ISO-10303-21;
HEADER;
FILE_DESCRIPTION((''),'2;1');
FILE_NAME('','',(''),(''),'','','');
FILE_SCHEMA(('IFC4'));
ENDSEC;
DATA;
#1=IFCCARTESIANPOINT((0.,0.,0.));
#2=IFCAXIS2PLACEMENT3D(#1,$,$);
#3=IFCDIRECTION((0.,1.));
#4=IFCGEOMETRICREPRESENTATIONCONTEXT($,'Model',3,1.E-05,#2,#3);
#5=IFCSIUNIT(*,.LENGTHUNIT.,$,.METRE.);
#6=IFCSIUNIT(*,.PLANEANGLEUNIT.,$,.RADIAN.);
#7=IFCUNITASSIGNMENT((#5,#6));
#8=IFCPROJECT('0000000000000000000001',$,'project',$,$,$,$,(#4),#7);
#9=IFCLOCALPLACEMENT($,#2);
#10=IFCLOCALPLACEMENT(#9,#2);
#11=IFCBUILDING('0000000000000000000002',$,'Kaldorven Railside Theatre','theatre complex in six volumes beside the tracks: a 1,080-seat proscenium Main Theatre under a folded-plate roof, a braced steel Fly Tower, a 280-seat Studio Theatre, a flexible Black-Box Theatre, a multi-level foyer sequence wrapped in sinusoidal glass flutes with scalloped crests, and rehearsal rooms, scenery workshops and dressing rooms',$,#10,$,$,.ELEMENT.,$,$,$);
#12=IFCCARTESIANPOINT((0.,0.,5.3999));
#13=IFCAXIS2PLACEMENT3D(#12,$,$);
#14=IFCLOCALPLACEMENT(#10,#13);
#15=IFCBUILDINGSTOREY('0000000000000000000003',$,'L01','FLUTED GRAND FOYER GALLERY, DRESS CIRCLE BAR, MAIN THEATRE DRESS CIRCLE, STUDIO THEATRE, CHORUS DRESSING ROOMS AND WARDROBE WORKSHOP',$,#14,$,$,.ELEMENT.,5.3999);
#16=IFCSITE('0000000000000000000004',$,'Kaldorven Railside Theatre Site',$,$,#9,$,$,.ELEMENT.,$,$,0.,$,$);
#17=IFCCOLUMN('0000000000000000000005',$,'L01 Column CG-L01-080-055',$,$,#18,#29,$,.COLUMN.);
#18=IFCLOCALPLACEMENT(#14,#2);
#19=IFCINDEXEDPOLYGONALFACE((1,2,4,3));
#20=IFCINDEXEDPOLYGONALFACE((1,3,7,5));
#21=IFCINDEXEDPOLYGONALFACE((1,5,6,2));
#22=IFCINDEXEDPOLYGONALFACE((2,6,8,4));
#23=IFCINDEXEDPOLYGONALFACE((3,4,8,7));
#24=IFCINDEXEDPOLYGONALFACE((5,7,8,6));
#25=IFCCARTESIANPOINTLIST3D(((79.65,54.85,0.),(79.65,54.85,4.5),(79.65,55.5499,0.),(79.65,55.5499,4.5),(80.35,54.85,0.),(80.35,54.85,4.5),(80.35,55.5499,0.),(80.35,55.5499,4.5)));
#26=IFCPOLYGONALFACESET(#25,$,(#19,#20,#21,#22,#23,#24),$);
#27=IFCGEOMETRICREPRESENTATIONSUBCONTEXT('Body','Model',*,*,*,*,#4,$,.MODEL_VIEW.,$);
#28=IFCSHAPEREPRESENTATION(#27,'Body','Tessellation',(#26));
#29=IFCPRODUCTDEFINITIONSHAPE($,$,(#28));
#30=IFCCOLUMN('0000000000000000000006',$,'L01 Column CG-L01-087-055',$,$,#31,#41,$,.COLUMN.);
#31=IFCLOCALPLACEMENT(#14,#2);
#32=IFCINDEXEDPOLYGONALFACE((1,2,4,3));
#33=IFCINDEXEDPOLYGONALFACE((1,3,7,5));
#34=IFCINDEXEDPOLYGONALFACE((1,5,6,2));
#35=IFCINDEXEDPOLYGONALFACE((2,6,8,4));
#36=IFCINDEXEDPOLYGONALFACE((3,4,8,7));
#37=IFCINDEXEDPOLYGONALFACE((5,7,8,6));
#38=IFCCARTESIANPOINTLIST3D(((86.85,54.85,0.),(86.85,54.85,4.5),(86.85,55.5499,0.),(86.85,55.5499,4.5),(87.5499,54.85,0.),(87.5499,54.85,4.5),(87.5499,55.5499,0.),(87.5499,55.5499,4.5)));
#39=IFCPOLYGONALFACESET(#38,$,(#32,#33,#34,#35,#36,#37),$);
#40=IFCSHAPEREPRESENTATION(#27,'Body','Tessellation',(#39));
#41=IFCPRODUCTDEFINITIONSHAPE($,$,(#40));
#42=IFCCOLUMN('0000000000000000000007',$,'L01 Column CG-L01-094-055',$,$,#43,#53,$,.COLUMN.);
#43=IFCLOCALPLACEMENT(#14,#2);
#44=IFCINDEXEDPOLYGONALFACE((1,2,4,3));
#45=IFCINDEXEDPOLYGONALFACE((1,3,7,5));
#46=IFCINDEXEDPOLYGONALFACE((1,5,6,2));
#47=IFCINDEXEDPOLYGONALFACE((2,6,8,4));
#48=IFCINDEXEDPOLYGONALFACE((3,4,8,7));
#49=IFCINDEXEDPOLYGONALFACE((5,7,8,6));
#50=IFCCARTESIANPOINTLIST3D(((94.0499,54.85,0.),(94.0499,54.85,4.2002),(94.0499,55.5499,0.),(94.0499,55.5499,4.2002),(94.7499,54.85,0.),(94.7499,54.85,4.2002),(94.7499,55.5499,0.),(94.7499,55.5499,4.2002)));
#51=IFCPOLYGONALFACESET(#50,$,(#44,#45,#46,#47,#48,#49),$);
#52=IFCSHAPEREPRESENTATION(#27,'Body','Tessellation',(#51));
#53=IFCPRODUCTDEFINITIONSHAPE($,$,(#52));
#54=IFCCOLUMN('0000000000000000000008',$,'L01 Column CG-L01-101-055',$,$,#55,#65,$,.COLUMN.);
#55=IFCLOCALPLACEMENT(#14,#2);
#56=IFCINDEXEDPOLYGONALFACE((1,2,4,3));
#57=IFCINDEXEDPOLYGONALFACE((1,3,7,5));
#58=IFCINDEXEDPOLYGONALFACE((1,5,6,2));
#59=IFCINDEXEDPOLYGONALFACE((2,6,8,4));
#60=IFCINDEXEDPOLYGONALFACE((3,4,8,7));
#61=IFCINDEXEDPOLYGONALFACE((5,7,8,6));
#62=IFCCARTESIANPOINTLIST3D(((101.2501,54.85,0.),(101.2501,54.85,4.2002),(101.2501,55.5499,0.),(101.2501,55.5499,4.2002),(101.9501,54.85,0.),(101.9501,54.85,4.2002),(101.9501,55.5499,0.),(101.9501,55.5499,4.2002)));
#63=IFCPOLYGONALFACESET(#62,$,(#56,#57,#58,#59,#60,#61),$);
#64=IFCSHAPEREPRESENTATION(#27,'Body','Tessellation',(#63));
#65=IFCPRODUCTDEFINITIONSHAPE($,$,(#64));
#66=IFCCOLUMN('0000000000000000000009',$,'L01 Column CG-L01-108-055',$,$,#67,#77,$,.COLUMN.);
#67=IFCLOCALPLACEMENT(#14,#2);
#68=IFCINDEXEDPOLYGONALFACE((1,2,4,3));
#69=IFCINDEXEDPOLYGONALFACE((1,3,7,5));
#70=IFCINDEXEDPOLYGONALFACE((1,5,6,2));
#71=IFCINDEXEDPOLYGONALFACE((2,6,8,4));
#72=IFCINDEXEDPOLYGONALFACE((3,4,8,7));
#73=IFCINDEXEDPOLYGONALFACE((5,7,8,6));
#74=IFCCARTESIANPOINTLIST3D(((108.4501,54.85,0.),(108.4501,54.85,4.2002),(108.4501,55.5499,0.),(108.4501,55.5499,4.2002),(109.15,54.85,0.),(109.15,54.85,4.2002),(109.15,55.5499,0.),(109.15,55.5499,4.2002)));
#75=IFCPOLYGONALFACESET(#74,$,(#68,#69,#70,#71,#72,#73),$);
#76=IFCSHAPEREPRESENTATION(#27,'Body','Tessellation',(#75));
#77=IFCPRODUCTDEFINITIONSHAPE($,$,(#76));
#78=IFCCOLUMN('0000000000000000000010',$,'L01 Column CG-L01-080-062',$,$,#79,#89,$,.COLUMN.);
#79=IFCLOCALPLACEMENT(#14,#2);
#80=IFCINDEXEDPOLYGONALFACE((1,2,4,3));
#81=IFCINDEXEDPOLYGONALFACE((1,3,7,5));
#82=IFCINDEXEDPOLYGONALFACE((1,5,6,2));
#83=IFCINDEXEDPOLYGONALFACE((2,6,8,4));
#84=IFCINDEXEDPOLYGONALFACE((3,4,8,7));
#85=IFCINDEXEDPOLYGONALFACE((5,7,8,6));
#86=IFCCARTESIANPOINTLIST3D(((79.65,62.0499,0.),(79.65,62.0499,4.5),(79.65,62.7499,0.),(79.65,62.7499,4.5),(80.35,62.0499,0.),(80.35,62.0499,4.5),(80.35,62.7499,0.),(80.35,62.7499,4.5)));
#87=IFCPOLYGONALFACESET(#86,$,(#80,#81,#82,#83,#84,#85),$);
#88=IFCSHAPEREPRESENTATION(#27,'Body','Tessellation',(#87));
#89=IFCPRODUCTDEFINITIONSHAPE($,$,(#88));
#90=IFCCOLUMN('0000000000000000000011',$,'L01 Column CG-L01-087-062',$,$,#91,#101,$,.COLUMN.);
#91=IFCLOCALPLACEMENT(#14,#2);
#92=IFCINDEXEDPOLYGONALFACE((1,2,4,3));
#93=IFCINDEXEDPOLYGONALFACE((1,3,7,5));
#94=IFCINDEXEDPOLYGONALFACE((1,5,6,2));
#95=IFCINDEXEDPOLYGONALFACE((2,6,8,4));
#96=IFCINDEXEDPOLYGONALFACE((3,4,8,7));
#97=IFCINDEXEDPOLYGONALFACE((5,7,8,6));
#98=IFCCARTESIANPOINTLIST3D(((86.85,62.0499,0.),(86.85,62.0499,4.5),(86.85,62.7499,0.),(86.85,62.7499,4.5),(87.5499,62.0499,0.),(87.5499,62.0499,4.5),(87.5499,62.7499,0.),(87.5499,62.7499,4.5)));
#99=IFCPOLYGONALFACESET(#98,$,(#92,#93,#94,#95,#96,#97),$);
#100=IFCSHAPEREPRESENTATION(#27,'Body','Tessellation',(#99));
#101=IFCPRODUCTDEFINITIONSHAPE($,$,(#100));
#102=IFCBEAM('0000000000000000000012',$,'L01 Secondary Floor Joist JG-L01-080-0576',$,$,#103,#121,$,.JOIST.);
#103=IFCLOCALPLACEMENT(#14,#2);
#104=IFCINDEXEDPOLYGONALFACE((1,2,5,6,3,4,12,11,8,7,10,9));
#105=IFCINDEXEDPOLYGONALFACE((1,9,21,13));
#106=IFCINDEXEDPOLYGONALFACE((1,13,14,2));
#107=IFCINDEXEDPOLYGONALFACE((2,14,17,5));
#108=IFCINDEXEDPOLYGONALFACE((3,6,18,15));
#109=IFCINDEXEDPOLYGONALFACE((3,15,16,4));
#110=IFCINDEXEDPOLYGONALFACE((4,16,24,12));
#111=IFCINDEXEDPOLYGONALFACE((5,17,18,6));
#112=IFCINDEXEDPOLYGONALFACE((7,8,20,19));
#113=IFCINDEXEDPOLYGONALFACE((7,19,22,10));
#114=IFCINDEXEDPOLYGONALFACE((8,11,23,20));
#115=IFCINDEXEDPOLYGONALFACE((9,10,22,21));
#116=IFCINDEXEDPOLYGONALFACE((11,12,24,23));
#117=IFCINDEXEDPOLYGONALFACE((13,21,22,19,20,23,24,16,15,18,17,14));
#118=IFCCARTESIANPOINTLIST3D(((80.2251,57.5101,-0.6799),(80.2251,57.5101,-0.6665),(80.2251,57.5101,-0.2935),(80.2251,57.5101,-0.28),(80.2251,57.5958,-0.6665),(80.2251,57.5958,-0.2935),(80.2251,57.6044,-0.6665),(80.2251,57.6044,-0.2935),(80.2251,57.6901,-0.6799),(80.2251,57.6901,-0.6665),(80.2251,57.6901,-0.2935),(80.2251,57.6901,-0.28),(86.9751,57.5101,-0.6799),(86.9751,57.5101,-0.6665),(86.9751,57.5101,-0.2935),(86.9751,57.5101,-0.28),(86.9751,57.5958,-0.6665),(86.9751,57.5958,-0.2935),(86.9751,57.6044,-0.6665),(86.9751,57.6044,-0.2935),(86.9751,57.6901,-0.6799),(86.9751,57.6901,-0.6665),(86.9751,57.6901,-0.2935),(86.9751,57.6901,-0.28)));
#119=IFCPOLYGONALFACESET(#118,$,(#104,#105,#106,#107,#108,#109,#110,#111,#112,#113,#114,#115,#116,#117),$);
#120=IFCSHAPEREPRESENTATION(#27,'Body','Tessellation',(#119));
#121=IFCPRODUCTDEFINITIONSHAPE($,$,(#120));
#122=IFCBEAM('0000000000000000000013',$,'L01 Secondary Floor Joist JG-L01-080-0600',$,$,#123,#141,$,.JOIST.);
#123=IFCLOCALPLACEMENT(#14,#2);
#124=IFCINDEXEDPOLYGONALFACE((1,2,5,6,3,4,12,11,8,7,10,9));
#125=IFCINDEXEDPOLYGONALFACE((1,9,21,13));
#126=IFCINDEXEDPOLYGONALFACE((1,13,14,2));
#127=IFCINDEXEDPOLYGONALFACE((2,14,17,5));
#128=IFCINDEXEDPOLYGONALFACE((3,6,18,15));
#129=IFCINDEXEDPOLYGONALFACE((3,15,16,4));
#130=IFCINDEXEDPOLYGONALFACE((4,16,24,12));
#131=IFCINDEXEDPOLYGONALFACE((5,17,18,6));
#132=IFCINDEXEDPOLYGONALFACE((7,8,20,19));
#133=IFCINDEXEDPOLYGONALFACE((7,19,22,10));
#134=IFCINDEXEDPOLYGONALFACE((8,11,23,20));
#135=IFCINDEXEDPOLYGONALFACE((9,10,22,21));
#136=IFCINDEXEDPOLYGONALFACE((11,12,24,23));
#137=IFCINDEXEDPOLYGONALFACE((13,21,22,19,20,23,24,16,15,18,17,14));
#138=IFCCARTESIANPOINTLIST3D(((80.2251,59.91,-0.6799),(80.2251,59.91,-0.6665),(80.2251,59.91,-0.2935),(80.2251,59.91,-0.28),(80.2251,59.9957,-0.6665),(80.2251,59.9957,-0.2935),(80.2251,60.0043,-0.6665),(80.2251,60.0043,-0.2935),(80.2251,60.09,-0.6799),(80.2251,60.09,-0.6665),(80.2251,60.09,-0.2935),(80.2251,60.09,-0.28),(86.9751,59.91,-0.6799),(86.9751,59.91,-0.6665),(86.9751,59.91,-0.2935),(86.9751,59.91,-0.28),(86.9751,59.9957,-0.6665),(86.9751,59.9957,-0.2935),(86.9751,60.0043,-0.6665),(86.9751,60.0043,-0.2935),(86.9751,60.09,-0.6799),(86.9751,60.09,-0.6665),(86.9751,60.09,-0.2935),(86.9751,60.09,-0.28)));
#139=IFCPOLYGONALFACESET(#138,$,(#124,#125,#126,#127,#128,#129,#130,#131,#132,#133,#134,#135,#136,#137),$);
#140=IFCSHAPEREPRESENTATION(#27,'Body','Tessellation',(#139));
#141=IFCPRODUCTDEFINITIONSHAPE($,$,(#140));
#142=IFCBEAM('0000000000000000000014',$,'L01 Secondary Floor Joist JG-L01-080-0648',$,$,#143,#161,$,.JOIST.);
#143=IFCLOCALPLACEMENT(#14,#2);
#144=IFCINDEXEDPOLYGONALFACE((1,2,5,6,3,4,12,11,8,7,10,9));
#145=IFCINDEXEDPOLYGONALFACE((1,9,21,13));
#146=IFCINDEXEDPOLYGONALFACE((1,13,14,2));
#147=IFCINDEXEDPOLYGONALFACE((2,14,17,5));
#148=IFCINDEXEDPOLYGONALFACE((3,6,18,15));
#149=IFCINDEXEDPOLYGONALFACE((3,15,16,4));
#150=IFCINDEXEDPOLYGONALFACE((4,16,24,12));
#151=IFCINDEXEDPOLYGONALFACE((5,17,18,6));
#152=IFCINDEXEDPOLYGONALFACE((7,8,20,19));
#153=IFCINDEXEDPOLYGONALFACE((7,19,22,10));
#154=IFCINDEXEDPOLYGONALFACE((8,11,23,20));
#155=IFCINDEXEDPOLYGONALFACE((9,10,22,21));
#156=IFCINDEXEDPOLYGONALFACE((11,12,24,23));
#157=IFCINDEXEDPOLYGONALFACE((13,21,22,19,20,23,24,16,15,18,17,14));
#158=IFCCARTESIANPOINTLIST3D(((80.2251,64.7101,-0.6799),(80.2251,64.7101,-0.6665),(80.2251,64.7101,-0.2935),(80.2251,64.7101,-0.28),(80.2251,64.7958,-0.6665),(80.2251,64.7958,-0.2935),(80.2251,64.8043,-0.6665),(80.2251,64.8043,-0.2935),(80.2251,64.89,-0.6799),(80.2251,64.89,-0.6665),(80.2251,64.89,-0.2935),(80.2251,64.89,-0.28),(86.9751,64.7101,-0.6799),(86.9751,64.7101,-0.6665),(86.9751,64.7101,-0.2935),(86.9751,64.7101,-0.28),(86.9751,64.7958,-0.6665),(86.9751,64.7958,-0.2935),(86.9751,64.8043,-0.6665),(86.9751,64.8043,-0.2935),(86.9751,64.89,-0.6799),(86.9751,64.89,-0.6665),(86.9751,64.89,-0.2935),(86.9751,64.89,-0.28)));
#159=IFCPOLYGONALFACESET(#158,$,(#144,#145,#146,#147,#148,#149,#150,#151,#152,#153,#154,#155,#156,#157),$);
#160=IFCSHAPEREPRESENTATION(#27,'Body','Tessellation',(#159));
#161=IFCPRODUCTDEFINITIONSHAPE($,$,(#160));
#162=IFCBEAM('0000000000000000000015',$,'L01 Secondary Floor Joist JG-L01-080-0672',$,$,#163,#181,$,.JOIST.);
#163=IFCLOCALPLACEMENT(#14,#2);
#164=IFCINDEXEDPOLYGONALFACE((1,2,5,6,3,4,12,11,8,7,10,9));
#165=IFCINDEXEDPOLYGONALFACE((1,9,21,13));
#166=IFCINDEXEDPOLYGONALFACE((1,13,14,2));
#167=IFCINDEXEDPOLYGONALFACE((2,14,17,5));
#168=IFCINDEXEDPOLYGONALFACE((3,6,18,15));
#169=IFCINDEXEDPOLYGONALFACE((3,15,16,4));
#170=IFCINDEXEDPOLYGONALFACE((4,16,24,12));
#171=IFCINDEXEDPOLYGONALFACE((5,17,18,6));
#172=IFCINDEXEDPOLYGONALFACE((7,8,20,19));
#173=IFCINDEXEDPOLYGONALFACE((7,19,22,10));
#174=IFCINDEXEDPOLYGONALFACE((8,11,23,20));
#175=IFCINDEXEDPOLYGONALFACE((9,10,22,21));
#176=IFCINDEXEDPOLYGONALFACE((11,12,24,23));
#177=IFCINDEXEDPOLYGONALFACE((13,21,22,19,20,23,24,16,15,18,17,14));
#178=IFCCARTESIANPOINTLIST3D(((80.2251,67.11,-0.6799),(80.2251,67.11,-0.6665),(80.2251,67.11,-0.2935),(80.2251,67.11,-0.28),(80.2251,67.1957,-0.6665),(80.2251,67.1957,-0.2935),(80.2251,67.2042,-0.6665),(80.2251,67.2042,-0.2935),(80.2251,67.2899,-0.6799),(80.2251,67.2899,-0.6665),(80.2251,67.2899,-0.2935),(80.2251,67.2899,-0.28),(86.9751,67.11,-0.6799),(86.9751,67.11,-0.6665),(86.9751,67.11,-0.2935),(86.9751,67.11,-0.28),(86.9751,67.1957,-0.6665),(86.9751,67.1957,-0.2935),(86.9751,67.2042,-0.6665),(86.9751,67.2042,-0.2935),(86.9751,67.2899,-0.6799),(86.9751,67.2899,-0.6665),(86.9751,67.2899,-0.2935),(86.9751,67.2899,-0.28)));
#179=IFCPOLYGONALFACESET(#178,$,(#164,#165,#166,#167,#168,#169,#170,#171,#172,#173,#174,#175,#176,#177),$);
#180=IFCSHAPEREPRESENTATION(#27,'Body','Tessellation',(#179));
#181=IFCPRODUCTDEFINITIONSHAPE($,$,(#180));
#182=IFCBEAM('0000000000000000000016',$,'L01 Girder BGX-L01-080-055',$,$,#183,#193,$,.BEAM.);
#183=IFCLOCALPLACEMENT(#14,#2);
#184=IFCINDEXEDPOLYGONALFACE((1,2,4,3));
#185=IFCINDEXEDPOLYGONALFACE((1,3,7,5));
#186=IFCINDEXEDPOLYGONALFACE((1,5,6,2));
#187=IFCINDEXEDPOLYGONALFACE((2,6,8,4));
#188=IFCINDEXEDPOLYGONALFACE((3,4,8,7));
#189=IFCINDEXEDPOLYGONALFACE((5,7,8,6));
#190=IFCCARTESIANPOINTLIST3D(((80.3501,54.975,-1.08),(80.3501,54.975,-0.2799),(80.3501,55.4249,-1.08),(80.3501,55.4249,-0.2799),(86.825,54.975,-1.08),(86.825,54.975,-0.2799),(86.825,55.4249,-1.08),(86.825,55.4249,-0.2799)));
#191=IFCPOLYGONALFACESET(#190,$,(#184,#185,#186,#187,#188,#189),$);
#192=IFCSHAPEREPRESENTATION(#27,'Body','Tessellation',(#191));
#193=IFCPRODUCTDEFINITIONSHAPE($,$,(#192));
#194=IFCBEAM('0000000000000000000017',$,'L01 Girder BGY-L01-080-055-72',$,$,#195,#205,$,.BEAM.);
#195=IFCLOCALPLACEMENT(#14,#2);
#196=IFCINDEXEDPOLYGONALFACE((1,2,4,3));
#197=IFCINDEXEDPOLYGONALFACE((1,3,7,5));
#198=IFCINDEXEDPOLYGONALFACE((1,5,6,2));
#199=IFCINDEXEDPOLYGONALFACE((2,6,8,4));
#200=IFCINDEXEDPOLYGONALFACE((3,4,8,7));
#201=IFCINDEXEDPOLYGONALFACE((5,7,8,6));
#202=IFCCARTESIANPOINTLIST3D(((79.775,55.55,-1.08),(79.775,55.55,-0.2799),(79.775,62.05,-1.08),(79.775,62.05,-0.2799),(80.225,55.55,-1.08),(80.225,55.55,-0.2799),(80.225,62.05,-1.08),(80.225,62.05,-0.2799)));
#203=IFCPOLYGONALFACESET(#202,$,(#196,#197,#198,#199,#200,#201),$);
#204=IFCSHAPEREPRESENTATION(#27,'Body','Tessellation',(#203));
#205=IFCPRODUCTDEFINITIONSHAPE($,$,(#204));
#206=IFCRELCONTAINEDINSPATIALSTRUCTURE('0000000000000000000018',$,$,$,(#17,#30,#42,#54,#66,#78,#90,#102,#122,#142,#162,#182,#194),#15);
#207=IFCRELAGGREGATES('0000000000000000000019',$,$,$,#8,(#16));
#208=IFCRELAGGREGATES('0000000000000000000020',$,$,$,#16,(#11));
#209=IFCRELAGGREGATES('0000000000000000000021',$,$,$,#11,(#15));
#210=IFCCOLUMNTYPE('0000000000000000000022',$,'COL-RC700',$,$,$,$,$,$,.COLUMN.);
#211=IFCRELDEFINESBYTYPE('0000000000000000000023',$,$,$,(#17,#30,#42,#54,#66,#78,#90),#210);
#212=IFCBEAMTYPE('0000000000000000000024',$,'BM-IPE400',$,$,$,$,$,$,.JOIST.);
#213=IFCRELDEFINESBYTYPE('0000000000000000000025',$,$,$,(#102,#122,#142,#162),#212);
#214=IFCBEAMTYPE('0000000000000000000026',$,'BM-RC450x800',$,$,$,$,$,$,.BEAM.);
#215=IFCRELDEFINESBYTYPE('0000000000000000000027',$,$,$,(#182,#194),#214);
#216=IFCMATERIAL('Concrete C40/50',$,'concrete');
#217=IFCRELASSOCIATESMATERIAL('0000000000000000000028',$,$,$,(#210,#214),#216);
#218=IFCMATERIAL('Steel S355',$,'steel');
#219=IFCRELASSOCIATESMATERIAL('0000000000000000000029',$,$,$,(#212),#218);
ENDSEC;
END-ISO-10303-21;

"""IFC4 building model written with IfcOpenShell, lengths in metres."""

from ifc_helpers import new_model, si_unit, direction, frame, origin, origin_2d, place, context, subcontext, project, spatial, rectangle, i_section, extrude, material, material_profile, profile_set, type_object, element, save


model = new_model("IFC4")

# Units and contexts
model_context = context("Model", 3, precision=1e-05, world=origin(), true_north=direction((0.0, 1.0)))
body_context = subcontext(model_context, "Body", "Model", "MODEL_VIEW")
ifc_project = project(units=[si_unit("LENGTHUNIT", "METRE"), si_unit("PLANEANGLEUNIT", "RADIAN")], contexts=[model_context])

# Site, building, storey
site_placement = place(None, origin())
site = spatial("IfcSite", under=ifc_project, at=site_placement, Name="Kaldorven Railside Theatre Site", CompositionType="ELEMENT", RefElevation=0.0)
building_placement = place(site_placement, origin())
building = spatial("IfcBuilding", under=site, at=building_placement, Name="Kaldorven Railside Theatre", Description="theatre complex in six volumes beside the tracks: a 1,080-seat proscenium Main Theatre under a folded-plate roof, a braced steel Fly Tower, a 280-seat Studio Theatre, a flexible Black-Box Theatre, a multi-level foyer sequence wrapped in sinusoidal glass flutes with scalloped crests, and rehearsal rooms, scenery workshops and dressing rooms", CompositionType="ELEMENT")
storey_placement = place(building_placement, frame((0.0, 0.0, 5.3999)))
storey = spatial("IfcBuildingStorey", under=building, at=storey_placement, Name="L01", Description="FLUTED GRAND FOYER GALLERY, DRESS CIRCLE BAR, MAIN THEATRE DRESS CIRCLE, STUDIO THEATRE, CHORUS DRESSING ROOMS AND WARDROBE WORKSHOP", CompositionType="ELEMENT", Elevation=5.3999)

# Columns
ifc_material_1 = material(Name="Concrete C40/50", Category="concrete")
ifc_material_profile_1 = material_profile(ifc_material_1, rectangle(XDim=0.7, YDim=0.7, at=origin_2d()), Name="RC 700x700")
ifc_profile_set_1 = profile_set([ifc_material_profile_1], Name="Concrete C40/50")
column_type = type_object("IfcColumnType", Name="COL-RC700", PredefinedType="COLUMN", material=ifc_profile_set_1)
for number, where, z_axis, x_axis, name in (
    (1, (80.0, 55.2, 0.0), (0.0, 0.0, 1.0), (0.0, 1.0, 0.0), "L01 Column CG-L01-080-055"),
    (2, (87.2, 55.2, 0.0), (0.0, 0.0, 1.0), (1.0, 0.0, 0.0), "L01 Column CG-L01-087-055"),
):
    element("IfcColumn", number, at=place(storey_placement, frame(where, z_axis=z_axis, x_axis=x_axis)), inside=storey, type_object=column_type, Name=name, PredefinedType="COLUMN", context=body_context, shape_type="SweptSolid", body=[
        extrude(rectangle(XDim=0.7, YDim=0.7, at=origin_2d()), origin(), (0.0, 0.0, 1.0), 4.5),
    ])
for number, where, z_axis, x_axis, name in (
    (3, (94.3999, 55.2, 0.0), (0.0, 0.0, 1.0), (0.0, 1.0, 0.0), "L01 Column CG-L01-094-055"),
    (4, (101.6001, 55.2, 0.0), (0.0, 0.0, 1.0), (1.0, 0.0, 0.0), "L01 Column CG-L01-101-055"),
    (5, (108.8, 55.2, 0.0), (0.0, 0.0, 1.0), (1.0, 0.0, 0.0), "L01 Column CG-L01-108-055"),
):
    element("IfcColumn", number, at=place(storey_placement, frame(where, z_axis=z_axis, x_axis=x_axis)), inside=storey, type_object=column_type, Name=name, PredefinedType="COLUMN", context=body_context, shape_type="SweptSolid", body=[
        extrude(rectangle(XDim=0.7, YDim=0.7, at=origin_2d()), origin(), (0.0, 0.0, 1.0), 4.2002),
    ])
for number, where, z_axis, x_axis, name in (
    (6, (80.0, 62.3999, 0.0), (0.0, 0.0, 1.0), (1.0, 0.0, 0.0), "L01 Column CG-L01-080-062"),
    (7, (87.2, 62.3999, 0.0), (0.0, 0.0, 1.0), (0.0, 1.0, 0.0), "L01 Column CG-L01-087-062"),
):
    element("IfcColumn", number, at=place(storey_placement, frame(where, z_axis=z_axis, x_axis=x_axis)), inside=storey, type_object=column_type, Name=name, PredefinedType="COLUMN", context=body_context, shape_type="SweptSolid", body=[
        extrude(rectangle(XDim=0.7, YDim=0.7, at=origin_2d()), origin(), (0.0, 0.0, 1.0), 4.5),
    ])

# Beams
ifc_material_2 = material(Name="Steel S355", Category="steel")
ifc_material_profile_2 = material_profile(ifc_material_2, i_section(OverallWidth=0.1799, OverallDepth=0.3999, WebThickness=0.0085, FlangeThickness=0.0134, at=origin_2d()), Name="IPE 400")
ifc_profile_set_2 = profile_set([ifc_material_profile_2], Name="Steel S355")
beam_type_1 = type_object("IfcBeamType", Name="BM-IPE400", PredefinedType="JOIST", material=ifc_profile_set_2)
for number, where, z_axis, x_axis, name in (
    (8, (80.2251, 57.6001, -0.48), (1.0, 0.0, 0.0), (0.0, 1.0, 0.0), "L01 Secondary Floor Joist JG-L01-080-0576"),
    (9, (80.2251, 60.0, -0.48), (1.0, 0.0, 0.0), (0.0, 1.0, 0.0), "L01 Secondary Floor Joist JG-L01-080-0600"),
    (10, (80.2251, 64.8, -0.48), (1.0, 0.0, 0.0), (0.0, 1.0, 0.0), "L01 Secondary Floor Joist JG-L01-080-0648"),
    (11, (80.2251, 67.2, -0.48), (1.0, 0.0, 0.0), (0.0, 1.0, 0.0), "L01 Secondary Floor Joist JG-L01-080-0672"),
):
    element("IfcBeam", number, at=place(storey_placement, frame(where, z_axis=z_axis, x_axis=x_axis)), inside=storey, type_object=beam_type_1, Name=name, PredefinedType="JOIST", context=body_context, shape_type="SweptSolid", body=[
        extrude(i_section(OverallWidth=0.1799, OverallDepth=0.3999, WebThickness=0.0085, FlangeThickness=0.0134, at=origin_2d()), origin(), (0.0, 0.0, 1.0), 6.75),
    ])
ifc_material_profile_3 = material_profile(ifc_material_1, rectangle(XDim=0.45, YDim=0.8, at=origin_2d()), Name="RC 450x800")
ifc_profile_set_3 = profile_set([ifc_material_profile_3], Name="Concrete C40/50")
beam_type_2 = type_object("IfcBeamType", Name="BM-RC450x800", PredefinedType="BEAM", material=ifc_profile_set_3)
beam_1_placement = place(storey_placement, frame((80.3501, 55.2, -0.6799), z_axis=(1.0, 0.0, 0.0), x_axis=(0.0, 1.0, 0.0)))
element("IfcBeam", 12, at=beam_1_placement, inside=storey, type_object=beam_type_2, Name="L01 Girder BGX-L01-080-055", PredefinedType="BEAM", context=body_context, shape_type="SweptSolid", body=[
    extrude(rectangle(XDim=0.45, YDim=0.8, at=origin_2d()), origin(), (0.0, 0.0, 1.0), 6.4749),
])
beam_2_placement = place(storey_placement, frame((80.0, 55.55, -0.6799), z_axis=(0.0, 1.0, 0.0), x_axis=(-1.0, 0.0, 0.0)))
element("IfcBeam", 13, at=beam_2_placement, inside=storey, type_object=beam_type_2, Name="L01 Girder BGY-L01-080-055-72", PredefinedType="BEAM", context=body_context, shape_type="SweptSolid", body=[
    extrude(rectangle(XDim=0.45, YDim=0.8, at=origin_2d()), origin(), (0.0, 0.0, 1.0), 6.5),
])

save(model, "model.ifc")
